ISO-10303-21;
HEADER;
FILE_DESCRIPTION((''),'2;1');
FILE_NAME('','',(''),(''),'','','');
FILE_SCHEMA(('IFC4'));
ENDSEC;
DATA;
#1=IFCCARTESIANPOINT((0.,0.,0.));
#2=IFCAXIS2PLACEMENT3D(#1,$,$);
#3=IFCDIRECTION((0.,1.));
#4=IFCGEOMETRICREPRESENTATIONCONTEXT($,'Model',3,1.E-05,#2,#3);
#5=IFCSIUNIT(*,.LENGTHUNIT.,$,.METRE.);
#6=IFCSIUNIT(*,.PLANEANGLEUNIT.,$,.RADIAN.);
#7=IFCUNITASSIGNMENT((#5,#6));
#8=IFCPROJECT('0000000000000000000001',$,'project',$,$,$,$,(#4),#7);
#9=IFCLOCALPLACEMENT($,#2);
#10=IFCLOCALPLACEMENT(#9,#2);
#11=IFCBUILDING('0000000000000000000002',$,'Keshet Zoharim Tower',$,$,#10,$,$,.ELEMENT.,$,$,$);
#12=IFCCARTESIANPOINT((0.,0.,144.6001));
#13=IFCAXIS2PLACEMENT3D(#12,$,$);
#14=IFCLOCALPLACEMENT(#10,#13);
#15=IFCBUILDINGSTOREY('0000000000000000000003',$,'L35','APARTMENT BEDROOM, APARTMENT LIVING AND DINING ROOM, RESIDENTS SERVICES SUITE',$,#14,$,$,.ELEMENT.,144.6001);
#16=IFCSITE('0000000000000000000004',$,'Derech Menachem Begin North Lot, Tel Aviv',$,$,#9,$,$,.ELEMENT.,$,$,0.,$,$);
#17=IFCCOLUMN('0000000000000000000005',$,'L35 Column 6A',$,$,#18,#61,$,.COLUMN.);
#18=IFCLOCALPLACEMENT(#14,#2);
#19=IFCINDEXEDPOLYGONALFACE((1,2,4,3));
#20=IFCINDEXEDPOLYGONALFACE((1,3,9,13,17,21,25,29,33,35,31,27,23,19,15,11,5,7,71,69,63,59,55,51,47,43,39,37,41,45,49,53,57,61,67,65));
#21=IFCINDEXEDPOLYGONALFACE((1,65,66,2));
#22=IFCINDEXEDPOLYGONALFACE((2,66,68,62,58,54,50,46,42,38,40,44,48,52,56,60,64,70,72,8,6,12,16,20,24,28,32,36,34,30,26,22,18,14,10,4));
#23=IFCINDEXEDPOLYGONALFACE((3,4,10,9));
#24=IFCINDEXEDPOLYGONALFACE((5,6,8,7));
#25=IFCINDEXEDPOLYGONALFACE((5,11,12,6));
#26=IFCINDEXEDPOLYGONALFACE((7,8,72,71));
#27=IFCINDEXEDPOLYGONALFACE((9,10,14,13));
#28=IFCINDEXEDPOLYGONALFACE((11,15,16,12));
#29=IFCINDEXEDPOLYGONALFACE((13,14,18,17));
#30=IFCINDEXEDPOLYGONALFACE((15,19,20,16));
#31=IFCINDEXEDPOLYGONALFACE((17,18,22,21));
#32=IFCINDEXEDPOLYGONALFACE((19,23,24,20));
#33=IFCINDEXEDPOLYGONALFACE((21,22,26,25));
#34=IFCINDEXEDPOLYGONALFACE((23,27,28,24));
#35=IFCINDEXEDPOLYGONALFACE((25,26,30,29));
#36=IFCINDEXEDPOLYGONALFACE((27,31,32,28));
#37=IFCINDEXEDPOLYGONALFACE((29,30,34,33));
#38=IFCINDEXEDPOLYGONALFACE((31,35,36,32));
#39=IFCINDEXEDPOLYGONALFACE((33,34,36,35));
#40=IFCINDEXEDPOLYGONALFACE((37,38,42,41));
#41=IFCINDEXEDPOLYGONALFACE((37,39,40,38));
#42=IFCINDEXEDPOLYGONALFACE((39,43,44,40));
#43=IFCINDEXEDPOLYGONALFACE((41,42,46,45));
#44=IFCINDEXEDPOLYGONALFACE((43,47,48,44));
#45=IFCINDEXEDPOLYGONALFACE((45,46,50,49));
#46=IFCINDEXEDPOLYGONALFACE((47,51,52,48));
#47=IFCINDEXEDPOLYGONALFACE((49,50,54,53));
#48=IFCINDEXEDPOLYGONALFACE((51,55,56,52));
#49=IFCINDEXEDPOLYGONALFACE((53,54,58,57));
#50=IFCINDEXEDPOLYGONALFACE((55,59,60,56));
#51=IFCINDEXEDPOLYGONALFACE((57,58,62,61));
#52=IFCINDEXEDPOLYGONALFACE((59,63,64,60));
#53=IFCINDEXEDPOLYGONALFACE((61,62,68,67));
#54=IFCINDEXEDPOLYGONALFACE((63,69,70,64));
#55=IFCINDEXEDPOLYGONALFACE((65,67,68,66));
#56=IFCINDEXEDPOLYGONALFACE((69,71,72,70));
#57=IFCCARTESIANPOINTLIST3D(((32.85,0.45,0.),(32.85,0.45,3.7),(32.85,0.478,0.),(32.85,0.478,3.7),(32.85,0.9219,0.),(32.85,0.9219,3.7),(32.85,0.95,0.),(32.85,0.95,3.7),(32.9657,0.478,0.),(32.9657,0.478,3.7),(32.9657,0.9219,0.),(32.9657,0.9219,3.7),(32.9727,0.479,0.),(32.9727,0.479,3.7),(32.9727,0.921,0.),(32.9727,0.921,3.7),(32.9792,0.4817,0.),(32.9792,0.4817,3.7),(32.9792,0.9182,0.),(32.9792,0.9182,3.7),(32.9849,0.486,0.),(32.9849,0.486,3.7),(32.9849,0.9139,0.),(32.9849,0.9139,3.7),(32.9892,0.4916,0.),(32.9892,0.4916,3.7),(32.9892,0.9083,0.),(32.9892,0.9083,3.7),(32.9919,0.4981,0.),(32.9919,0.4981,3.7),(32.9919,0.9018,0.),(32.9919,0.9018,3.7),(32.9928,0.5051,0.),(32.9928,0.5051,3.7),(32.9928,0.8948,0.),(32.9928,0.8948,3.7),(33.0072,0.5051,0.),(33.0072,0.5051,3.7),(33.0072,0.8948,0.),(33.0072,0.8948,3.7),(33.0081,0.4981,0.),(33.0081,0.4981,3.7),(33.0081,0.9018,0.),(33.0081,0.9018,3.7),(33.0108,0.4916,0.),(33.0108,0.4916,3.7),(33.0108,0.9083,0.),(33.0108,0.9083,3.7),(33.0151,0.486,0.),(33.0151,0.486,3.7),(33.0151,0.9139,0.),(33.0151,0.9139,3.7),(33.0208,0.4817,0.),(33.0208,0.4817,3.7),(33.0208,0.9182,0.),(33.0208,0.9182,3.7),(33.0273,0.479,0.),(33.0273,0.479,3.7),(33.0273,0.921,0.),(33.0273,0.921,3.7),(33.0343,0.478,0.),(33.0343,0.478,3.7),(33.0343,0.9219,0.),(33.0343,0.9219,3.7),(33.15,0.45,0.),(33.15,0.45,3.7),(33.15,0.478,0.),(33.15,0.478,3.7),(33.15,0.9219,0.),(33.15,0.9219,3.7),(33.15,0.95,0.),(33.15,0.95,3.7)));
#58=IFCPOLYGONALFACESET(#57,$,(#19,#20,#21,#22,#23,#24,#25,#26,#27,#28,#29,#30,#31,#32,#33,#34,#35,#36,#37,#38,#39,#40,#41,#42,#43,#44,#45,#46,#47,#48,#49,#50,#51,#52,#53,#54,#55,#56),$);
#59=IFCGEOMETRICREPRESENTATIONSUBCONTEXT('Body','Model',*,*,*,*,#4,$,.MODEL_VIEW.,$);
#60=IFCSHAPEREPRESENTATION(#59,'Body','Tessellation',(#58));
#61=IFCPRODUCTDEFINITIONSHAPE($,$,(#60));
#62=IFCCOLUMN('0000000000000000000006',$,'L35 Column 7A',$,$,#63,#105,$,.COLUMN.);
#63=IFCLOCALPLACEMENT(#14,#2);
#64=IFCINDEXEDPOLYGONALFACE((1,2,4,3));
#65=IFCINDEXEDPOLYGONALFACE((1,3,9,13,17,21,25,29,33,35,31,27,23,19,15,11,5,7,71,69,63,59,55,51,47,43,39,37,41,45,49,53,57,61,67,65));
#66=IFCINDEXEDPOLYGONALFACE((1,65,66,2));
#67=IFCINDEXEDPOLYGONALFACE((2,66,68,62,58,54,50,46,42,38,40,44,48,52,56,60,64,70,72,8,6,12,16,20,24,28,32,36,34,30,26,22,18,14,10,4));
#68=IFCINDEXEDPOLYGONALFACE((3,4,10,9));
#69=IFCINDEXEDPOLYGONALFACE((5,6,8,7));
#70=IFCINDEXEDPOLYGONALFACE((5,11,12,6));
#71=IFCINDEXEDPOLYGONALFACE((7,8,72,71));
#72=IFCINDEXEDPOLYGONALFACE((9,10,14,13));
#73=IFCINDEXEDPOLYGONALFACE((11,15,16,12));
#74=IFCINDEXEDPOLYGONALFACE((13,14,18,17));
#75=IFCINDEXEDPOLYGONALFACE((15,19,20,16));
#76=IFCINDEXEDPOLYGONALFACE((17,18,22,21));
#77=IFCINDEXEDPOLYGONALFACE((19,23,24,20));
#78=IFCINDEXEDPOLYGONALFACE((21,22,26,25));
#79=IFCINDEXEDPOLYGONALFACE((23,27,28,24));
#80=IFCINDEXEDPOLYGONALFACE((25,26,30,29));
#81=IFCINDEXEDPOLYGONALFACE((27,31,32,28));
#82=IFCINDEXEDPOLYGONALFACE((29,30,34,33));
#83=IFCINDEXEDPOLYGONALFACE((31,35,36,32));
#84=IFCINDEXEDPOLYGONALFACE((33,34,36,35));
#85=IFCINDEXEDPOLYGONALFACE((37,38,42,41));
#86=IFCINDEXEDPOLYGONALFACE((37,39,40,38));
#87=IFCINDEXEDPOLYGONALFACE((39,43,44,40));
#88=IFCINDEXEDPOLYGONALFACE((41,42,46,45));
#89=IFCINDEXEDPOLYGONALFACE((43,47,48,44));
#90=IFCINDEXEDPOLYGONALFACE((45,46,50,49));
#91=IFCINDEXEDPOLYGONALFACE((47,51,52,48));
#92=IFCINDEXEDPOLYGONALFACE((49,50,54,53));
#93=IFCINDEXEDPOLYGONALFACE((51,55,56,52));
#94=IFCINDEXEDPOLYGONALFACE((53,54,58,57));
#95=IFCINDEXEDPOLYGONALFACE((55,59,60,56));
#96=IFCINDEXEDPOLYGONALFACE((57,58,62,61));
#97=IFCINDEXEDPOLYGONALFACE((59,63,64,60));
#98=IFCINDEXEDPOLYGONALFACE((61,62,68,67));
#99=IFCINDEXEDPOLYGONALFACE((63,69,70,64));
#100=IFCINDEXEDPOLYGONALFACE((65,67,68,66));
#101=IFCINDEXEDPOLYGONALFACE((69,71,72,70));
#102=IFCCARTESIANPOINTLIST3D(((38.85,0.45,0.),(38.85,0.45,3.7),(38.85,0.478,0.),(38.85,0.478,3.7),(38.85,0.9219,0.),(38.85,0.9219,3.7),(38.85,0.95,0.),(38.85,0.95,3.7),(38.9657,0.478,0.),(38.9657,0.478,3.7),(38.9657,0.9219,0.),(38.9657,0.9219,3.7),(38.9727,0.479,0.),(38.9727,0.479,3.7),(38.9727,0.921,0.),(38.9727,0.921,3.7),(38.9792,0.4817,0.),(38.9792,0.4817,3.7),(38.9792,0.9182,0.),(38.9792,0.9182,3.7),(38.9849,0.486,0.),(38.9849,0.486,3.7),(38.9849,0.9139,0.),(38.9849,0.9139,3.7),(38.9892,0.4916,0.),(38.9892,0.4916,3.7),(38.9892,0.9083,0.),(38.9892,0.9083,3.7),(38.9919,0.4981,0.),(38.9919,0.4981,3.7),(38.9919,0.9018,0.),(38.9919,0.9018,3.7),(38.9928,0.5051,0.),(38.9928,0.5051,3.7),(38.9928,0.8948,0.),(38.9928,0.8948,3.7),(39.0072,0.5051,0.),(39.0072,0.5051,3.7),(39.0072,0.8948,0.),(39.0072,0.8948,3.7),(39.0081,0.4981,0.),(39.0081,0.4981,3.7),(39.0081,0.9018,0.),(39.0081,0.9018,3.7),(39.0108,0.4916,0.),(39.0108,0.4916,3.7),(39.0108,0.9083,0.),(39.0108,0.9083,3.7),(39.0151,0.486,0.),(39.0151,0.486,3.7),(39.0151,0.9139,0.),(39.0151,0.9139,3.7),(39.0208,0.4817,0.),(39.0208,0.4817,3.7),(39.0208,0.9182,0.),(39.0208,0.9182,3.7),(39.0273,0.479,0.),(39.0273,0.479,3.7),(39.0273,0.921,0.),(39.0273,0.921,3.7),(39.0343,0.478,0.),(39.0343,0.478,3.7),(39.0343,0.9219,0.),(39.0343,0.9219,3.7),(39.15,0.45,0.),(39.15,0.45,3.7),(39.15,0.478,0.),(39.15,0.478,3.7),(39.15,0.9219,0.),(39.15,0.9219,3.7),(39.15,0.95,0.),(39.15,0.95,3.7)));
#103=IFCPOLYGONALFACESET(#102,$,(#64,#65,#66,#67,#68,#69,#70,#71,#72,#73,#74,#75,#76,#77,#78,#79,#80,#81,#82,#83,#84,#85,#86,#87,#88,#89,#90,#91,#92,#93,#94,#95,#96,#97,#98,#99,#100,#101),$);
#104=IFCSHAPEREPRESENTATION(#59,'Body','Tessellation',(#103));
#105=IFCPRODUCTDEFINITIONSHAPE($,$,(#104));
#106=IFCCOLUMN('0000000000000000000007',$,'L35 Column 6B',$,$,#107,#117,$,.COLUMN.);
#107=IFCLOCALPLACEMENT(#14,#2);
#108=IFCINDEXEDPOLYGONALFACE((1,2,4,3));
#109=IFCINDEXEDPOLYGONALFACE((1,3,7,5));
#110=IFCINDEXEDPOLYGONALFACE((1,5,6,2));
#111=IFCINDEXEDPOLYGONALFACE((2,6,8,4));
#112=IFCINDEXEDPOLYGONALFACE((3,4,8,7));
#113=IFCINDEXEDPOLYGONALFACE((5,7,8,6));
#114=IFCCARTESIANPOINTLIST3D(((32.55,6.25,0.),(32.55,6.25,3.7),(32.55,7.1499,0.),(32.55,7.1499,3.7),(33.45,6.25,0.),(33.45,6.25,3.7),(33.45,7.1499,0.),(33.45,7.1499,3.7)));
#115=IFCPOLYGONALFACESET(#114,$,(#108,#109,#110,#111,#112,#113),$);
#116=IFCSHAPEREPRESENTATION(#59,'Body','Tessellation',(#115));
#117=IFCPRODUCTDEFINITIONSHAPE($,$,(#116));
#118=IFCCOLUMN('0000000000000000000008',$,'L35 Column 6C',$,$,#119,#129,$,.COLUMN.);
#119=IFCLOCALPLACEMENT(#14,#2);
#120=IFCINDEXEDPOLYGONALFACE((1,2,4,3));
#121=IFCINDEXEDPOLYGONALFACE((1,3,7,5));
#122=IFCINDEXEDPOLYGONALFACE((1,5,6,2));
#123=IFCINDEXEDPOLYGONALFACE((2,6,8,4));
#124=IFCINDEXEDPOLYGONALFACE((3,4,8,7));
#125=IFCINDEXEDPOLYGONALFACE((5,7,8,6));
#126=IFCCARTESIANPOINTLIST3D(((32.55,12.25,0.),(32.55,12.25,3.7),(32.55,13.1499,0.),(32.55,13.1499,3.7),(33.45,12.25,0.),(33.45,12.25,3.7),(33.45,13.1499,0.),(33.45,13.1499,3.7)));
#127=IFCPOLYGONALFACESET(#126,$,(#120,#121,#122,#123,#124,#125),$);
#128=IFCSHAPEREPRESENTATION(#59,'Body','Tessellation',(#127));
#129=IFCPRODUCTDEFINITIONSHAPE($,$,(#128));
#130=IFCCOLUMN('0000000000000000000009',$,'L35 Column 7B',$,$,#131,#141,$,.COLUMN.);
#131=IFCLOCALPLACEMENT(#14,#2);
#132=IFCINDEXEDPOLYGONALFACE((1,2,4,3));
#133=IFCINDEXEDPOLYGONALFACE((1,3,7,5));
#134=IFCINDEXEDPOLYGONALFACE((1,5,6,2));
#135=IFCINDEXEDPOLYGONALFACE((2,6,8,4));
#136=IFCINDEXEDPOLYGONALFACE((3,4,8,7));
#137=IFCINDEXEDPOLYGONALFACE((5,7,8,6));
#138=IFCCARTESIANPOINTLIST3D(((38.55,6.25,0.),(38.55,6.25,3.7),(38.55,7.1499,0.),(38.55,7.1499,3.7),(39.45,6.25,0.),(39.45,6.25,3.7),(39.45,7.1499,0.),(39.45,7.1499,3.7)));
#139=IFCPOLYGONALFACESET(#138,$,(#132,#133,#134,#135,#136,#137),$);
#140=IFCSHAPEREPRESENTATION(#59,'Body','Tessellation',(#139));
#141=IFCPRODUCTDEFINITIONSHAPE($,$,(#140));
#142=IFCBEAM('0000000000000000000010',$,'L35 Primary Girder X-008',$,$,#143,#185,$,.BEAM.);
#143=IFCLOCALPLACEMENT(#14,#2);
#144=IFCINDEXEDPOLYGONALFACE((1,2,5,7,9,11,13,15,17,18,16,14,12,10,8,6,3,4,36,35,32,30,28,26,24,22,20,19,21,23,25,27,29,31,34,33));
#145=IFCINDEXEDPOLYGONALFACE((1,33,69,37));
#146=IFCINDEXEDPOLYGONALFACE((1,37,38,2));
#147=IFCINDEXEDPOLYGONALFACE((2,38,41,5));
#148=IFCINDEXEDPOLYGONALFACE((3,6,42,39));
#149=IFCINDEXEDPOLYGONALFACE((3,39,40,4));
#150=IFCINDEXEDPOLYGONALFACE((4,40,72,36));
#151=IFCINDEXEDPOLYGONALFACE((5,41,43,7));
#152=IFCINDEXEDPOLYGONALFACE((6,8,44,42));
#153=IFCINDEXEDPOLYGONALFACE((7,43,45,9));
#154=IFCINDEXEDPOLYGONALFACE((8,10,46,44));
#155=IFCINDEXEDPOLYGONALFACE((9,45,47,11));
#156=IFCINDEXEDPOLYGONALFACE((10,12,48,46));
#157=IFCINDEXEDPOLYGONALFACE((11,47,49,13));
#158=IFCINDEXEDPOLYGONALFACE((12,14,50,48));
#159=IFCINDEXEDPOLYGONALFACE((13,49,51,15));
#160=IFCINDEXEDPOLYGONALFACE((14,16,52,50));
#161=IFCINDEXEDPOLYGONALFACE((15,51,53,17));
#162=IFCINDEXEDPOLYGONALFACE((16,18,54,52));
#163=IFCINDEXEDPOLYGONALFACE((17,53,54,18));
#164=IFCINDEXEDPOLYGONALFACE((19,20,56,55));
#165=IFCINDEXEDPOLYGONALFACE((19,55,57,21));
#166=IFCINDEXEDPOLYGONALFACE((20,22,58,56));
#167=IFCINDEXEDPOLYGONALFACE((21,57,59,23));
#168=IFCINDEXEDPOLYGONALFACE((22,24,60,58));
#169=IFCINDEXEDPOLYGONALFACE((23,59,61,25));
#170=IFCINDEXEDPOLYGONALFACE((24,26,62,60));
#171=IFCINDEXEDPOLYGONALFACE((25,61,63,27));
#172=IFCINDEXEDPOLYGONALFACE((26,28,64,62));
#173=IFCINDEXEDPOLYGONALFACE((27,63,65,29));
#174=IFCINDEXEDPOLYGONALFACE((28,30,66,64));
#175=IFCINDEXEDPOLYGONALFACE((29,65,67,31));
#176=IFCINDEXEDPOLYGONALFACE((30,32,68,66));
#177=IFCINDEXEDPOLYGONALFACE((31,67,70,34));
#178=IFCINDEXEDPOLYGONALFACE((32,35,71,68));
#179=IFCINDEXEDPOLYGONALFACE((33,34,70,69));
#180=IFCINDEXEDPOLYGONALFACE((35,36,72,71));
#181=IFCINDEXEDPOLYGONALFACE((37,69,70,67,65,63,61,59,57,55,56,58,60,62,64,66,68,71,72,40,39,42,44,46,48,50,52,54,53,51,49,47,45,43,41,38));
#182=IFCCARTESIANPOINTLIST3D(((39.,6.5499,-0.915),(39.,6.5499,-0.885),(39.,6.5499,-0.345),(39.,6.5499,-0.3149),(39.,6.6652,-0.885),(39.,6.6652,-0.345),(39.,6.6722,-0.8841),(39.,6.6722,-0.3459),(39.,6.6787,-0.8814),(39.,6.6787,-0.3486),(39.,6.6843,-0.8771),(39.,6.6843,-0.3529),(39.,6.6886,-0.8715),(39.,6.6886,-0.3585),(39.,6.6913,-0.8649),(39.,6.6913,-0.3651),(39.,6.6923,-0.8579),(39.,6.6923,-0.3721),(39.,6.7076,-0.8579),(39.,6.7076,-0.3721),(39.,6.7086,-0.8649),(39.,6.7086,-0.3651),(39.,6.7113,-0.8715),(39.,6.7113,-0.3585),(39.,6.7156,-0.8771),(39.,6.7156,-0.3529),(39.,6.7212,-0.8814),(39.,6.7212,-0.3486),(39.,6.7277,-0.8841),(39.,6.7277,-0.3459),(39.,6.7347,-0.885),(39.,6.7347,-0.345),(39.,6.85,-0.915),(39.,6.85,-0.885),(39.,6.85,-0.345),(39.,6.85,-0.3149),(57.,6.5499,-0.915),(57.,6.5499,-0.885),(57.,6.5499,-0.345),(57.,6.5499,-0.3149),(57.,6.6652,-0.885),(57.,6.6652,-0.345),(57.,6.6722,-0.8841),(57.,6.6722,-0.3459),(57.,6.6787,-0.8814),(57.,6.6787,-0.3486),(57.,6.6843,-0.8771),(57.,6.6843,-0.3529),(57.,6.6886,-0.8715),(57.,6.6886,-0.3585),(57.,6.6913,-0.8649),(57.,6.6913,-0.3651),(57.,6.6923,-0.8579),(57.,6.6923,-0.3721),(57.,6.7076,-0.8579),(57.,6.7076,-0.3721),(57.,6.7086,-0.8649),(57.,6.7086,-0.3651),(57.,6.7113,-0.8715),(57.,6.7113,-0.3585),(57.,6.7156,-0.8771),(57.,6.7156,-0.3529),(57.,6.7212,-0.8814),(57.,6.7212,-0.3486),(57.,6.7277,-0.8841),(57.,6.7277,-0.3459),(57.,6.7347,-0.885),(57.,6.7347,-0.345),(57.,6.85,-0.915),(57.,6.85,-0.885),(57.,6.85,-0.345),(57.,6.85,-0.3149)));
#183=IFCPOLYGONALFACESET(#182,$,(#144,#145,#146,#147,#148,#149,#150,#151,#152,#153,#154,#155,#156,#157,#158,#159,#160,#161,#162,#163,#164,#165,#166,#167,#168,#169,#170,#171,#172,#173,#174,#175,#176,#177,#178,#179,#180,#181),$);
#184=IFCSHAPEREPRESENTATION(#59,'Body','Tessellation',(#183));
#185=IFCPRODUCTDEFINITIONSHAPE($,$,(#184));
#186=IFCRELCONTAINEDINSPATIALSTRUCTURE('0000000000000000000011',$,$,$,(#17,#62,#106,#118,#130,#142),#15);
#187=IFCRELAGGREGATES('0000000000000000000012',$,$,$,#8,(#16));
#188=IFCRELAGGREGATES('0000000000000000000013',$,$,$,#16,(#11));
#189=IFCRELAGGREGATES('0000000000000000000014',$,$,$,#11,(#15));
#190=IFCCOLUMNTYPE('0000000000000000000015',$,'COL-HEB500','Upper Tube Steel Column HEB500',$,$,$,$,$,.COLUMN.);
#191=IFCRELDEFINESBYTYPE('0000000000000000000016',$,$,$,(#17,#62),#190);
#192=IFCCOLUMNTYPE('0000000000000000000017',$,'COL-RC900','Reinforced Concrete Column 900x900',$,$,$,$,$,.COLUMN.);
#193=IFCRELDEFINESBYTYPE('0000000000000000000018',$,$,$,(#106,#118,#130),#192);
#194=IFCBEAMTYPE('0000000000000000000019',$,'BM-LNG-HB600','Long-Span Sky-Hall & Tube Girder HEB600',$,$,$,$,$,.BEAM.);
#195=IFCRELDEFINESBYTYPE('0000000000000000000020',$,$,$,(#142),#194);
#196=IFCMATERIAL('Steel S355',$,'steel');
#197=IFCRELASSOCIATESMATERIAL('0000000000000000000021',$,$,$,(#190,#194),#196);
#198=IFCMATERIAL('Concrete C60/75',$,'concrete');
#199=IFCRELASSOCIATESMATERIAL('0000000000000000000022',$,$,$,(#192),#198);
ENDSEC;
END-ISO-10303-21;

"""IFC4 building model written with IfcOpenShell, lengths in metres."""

from ifc_helpers import new_model, si_unit, direction, frame, origin, origin_2d, place, context, subcontext, project, spatial, rectangle, i_section, extrude, material, material_profile, profile_set, type_object, element, save


model = new_model("IFC4")

# Units and contexts
model_context = context("Model", 3, precision=1e-05, world=origin(), true_north=direction((0.0, 1.0)))
body_context = subcontext(model_context, "Body", "Model", "MODEL_VIEW")
ifc_project = project(units=[si_unit("LENGTHUNIT", "METRE"), si_unit("PLANEANGLEUNIT", "RADIAN")], contexts=[model_context])

# Site, building, storey
site_placement = place(None, origin())
site = spatial("IfcSite", under=ifc_project, at=site_placement, Name="Derech Menachem Begin North Lot, Tel Aviv", CompositionType="ELEMENT", RefElevation=0.0)
building_placement = place(site_placement, origin())
building = spatial("IfcBuilding", under=site, at=building_placement, Name="Keshet Zoharim Tower", CompositionType="ELEMENT")
storey_placement = place(building_placement, frame((0.0, 0.0, 144.6001)))
storey = spatial("IfcBuildingStorey", under=building, at=storey_placement, Name="L35", Description="APARTMENT BEDROOM, APARTMENT LIVING AND DINING ROOM, RESIDENTS SERVICES SUITE", CompositionType="ELEMENT", Elevation=144.6001)

# Columns
ifc_material_1 = material(Name="Steel S355", Category="steel")
ifc_material_profile_1 = material_profile(ifc_material_1, i_section(OverallWidth=0.3, OverallDepth=0.5, WebThickness=0.0144, FlangeThickness=0.0281, FilletRadius=0.0271, at=origin_2d()), Name="HEB500")
ifc_profile_set_1 = profile_set([ifc_material_profile_1], Name="Steel S355")
column_type_1 = type_object("IfcColumnType", Name="COL-HEB500", Description="Upper Tube Steel Column HEB500", PredefinedType="COLUMN", material=ifc_profile_set_1)
for number, where, z_axis, x_axis, name in (
    (1, (33.0, 0.7, 0.0), (0.0, 0.0, 1.0), (1.0, 0.0, 0.0), "L35 Column 6A"),
    (2, (39.0, 0.7, 0.0), (0.0, 0.0, 1.0), (1.0, 0.0, 0.0), "L35 Column 7A"),
):
    element("IfcColumn", number, at=place(storey_placement, frame(where, z_axis=z_axis, x_axis=x_axis)), inside=storey, type_object=column_type_1, Name=name, PredefinedType="COLUMN", context=body_context, shape_type="SweptSolid", body=[
        extrude(i_section(OverallWidth=0.3, OverallDepth=0.5, WebThickness=0.0144, FlangeThickness=0.0281, FilletRadius=0.0271, at=origin_2d()), origin(), (0.0, 0.0, 1.0), 3.7),
    ])
ifc_material_2 = material(Name="Concrete C60/75", Category="concrete")
ifc_material_profile_2 = material_profile(ifc_material_2, rectangle(XDim=0.8999, YDim=0.8999, at=origin_2d()), Name="RC900x900")
ifc_profile_set_2 = profile_set([ifc_material_profile_2], Name="Concrete C60/75")
column_type_2 = type_object("IfcColumnType", Name="COL-RC900", Description="Reinforced Concrete Column 900x900", PredefinedType="COLUMN", material=ifc_profile_set_2)
for number, where, z_axis, x_axis, name in (
    (3, (33.0, 6.7, 0.0), (0.0, 0.0, 1.0), (1.0, 0.0, 0.0), "L35 Column 6B"),
    (4, (33.0, 12.7, 0.0), (0.0, 0.0, 1.0), (1.0, 0.0, 0.0), "L35 Column 6C"),
    (5, (39.0, 6.7, 0.0), (0.0, 0.0, 1.0), (1.0, 0.0, 0.0), "L35 Column 7B"),
):
    element("IfcColumn", number, at=place(storey_placement, frame(where, z_axis=z_axis, x_axis=x_axis)), inside=storey, type_object=column_type_2, Name=name, PredefinedType="COLUMN", context=body_context, shape_type="SweptSolid", body=[
        extrude(rectangle(XDim=0.8999, YDim=0.8999, at=origin_2d()), origin(), (0.0, 0.0, 1.0), 3.7),
    ])

# Beam
ifc_material_profile_3 = material_profile(ifc_material_1, i_section(OverallWidth=0.3, OverallDepth=0.6001, WebThickness=0.0154, FlangeThickness=0.03, FilletRadius=0.0271, at=origin_2d()), Name="HEB600")
ifc_profile_set_3 = profile_set([ifc_material_profile_3], Name="Steel S355")
beam_type_1 = type_object("IfcBeamType", Name="BM-LNG-HB600", Description="Long-Span Sky-Hall & Tube Girder HEB600", PredefinedType="BEAM", material=ifc_profile_set_3)
beam_placement = place(storey_placement, frame((39.0, 6.7, -0.615), z_axis=(1.0, 0.0, 0.0), x_axis=(0.0, 1.0, 0.0)))
element("IfcBeam", 6, at=beam_placement, inside=storey, type_object=beam_type_1, Name="L35 Primary Girder X-008", PredefinedType="BEAM", context=body_context, shape_type="SweptSolid", body=[
    extrude(i_section(OverallWidth=0.3, OverallDepth=0.6001, WebThickness=0.0154, FlangeThickness=0.03, FilletRadius=0.0271, at=origin_2d()), origin(), (0.0, 0.0, 1.0), 18.0),
])

save(model, "model.ifc")
